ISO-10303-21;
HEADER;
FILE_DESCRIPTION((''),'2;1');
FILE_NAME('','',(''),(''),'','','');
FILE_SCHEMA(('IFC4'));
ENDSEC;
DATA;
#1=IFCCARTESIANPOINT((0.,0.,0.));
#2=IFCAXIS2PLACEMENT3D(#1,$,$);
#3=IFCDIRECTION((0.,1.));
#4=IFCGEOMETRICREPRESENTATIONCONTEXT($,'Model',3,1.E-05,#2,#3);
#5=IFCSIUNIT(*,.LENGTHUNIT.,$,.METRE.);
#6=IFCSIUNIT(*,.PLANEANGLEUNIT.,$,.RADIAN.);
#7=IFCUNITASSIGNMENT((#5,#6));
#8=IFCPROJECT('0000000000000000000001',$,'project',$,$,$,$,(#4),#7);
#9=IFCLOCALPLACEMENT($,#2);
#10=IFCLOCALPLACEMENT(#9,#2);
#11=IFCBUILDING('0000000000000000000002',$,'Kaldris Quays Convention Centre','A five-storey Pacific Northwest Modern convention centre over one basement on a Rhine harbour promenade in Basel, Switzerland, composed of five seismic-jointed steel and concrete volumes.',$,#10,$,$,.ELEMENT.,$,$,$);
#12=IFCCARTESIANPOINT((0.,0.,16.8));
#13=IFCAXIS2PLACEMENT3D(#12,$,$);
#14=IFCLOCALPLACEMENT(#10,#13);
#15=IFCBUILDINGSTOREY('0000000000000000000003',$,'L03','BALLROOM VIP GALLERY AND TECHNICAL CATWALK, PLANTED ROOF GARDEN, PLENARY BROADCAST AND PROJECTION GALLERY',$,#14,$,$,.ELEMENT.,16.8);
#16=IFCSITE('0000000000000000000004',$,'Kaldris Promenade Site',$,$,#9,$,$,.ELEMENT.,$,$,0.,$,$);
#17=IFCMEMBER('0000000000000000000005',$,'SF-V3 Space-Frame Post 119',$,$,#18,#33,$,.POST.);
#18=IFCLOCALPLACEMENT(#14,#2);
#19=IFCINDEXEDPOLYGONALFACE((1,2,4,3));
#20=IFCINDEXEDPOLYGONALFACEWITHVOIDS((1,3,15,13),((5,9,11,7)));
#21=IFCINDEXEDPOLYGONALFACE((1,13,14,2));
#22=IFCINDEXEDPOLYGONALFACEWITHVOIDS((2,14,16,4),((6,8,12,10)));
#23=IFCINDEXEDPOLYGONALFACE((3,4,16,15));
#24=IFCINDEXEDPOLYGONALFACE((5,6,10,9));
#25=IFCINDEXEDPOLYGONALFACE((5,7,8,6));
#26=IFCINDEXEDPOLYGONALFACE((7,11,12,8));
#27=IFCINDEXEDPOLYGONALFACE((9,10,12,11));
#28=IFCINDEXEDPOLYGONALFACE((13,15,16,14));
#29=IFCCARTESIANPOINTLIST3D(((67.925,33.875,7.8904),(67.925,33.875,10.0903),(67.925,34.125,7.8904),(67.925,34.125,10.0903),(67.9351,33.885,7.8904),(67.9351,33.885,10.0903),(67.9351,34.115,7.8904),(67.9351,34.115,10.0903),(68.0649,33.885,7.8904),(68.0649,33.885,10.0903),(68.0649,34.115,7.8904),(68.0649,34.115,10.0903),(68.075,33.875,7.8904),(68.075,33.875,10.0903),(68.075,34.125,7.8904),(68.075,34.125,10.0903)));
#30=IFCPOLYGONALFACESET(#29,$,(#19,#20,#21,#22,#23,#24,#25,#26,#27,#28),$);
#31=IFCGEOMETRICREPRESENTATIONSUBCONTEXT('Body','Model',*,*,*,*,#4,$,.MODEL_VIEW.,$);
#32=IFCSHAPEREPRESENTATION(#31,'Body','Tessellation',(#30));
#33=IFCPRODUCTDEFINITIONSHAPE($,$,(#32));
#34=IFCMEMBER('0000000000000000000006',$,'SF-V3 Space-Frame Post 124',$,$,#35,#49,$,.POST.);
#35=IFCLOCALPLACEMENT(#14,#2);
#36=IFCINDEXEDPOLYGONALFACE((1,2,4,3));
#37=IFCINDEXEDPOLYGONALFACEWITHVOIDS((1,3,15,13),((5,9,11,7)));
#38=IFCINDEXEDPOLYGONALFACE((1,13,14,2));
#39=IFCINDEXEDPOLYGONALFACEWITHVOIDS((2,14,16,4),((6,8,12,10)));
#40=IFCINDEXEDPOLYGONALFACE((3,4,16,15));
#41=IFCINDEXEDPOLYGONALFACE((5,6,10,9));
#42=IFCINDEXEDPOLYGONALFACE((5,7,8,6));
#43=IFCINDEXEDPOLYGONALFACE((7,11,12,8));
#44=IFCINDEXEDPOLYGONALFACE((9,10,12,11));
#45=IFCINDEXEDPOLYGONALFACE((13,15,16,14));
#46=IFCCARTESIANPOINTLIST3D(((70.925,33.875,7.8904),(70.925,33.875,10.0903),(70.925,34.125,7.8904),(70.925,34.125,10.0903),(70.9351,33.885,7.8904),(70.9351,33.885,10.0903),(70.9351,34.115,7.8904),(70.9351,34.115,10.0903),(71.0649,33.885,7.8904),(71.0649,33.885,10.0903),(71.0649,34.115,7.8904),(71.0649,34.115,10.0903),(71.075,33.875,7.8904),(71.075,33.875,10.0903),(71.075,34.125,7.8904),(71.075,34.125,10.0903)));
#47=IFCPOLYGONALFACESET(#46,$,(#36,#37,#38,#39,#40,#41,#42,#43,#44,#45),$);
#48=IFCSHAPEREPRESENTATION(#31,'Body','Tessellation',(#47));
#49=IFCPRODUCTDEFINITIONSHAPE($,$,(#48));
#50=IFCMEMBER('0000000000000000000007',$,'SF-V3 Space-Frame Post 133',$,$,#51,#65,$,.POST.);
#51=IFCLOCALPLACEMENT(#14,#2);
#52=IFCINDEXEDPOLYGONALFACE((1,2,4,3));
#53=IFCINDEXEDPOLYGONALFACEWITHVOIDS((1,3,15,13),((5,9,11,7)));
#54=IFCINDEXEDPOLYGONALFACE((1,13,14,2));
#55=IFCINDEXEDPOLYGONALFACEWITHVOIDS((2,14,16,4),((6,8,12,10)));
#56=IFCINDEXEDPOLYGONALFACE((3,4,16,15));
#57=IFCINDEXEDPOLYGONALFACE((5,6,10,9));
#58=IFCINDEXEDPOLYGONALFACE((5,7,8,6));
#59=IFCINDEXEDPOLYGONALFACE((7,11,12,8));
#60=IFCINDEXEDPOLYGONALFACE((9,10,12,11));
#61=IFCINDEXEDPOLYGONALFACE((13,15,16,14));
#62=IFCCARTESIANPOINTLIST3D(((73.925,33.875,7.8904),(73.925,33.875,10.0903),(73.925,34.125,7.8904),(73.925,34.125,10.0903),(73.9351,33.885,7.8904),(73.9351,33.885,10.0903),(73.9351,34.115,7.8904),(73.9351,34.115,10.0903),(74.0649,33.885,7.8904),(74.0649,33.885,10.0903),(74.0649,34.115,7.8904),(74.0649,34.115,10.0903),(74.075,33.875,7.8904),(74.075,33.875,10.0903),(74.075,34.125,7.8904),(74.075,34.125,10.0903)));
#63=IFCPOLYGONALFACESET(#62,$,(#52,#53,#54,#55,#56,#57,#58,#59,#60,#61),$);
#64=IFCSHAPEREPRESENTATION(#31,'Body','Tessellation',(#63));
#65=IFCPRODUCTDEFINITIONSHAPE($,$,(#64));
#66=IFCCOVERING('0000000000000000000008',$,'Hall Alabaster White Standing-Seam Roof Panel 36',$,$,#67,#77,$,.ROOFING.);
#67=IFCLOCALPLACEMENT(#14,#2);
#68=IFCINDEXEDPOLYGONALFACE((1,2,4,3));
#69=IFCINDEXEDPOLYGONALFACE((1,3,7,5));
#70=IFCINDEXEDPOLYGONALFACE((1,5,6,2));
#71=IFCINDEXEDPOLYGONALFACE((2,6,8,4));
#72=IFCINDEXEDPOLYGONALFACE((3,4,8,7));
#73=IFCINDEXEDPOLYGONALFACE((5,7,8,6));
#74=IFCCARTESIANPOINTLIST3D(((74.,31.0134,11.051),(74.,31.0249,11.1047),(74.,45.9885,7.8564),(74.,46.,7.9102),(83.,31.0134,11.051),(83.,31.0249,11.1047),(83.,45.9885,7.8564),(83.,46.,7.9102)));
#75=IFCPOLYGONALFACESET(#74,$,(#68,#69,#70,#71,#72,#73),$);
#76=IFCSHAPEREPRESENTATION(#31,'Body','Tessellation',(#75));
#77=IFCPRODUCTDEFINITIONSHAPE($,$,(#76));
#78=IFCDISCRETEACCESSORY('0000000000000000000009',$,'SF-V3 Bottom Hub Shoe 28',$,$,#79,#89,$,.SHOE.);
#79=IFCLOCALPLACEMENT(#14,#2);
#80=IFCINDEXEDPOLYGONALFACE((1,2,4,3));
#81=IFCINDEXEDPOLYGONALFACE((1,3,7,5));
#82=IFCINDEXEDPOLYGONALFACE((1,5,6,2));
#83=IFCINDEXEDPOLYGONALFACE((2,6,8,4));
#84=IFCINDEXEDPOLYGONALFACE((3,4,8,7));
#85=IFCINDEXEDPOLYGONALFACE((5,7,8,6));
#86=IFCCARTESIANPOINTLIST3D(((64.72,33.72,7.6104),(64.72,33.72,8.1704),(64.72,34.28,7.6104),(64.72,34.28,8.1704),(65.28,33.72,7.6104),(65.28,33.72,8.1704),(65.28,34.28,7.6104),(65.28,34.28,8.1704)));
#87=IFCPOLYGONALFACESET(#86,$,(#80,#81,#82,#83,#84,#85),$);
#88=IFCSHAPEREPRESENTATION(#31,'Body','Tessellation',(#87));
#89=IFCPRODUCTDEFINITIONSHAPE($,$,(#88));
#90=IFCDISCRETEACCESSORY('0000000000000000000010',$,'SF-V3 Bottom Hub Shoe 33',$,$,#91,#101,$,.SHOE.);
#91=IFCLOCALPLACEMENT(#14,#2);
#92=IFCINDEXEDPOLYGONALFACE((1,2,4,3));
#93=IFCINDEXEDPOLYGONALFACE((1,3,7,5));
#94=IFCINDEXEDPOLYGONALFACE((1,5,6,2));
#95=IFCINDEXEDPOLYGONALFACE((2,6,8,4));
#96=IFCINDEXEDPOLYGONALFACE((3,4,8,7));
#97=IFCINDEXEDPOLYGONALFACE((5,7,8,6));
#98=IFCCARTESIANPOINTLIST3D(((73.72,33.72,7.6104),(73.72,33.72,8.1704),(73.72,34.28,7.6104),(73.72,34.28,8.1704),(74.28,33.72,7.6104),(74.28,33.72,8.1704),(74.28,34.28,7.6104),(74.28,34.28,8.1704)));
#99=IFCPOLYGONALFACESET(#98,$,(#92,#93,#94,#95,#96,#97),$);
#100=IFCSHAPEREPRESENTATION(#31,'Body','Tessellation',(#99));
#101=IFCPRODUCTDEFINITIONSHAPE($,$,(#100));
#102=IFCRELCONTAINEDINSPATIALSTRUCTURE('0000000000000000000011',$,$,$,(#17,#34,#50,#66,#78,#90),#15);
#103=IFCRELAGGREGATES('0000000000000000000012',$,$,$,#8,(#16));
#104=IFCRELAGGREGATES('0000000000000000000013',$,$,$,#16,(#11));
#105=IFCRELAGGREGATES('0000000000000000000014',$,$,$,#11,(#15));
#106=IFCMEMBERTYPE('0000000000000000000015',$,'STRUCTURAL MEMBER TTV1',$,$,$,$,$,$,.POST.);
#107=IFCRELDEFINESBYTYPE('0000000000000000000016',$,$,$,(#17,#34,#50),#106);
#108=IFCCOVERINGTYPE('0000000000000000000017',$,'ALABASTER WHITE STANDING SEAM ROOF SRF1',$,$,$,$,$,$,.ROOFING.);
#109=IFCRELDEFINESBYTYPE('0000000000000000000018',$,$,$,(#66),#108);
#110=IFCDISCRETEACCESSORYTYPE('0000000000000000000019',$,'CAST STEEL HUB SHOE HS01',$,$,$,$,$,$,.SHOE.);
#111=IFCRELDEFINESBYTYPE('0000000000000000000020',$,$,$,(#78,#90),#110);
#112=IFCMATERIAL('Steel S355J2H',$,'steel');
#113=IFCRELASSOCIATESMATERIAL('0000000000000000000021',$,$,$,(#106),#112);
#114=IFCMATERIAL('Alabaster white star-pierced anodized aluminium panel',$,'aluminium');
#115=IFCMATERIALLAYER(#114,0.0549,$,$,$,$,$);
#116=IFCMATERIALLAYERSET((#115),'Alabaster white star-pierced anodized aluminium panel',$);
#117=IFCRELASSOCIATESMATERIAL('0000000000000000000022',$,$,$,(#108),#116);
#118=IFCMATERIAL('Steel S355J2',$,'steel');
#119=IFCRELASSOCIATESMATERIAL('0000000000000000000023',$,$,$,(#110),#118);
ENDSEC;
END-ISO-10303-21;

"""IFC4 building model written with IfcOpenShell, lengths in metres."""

from ifc_helpers import new_model, si_unit, direction, frame, origin, origin_2d, place, context, subcontext, project, spatial, polyline, rectangle, hollow_rectangle, outline, extrude, material, layer, layer_set, material_profile, profile_set, type_object, element, save


model = new_model("IFC4")

# Units and contexts
model_context = context("Model", 3, precision=1e-05, world=origin(), true_north=direction((0.0, 1.0)))
body_context = subcontext(model_context, "Body", "Model", "MODEL_VIEW")
ifc_project = project(units=[si_unit("LENGTHUNIT", "METRE"), si_unit("PLANEANGLEUNIT", "RADIAN")], contexts=[model_context])

# Site, building, storey
site_placement = place(None, origin())
site = spatial("IfcSite", under=ifc_project, at=site_placement, Name="Kaldris Promenade Site", CompositionType="ELEMENT", RefElevation=0.0)
building_placement = place(site_placement, origin())
building = spatial("IfcBuilding", under=site, at=building_placement, Name="Kaldris Quays Convention Centre", Description="A five-storey Pacific Northwest Modern convention centre over one basement on a Rhine harbour promenade in Basel, Switzerland, composed of five seismic-jointed steel and concrete volumes.", CompositionType="ELEMENT")
storey_placement = place(building_placement, frame((0.0, 0.0, 16.8)))
storey = spatial("IfcBuildingStorey", under=building, at=storey_placement, Name="L03", Description="BALLROOM VIP GALLERY AND TECHNICAL CATWALK, PLANTED ROOF GARDEN, PLENARY BROADCAST AND PROJECTION GALLERY", CompositionType="ELEMENT", Elevation=16.8)

# Members
ifc_material_1 = material(Name="Steel S355J2H", Category="steel")
ifc_material_profile_1 = material_profile(ifc_material_1, hollow_rectangle(XDim=0.1499, YDim=0.25, WallThickness=0.01, at=origin_2d()), Name="RHS 250x150x10")
ifc_profile_set_1 = profile_set([ifc_material_profile_1], Name="Steel S355J2H")
member_type_1 = type_object("IfcMemberType", Name="STRUCTURAL MEMBER TTV1", PredefinedType="POST", material=ifc_profile_set_1)
for number, where, z_axis, x_axis, name in (
    (1, (68.0, 34.0, 7.8904), (0.0, 0.0, 1.0), (1.0, 0.0, 0.0), "SF-V3 Space-Frame Post 119"),
    (2, (71.0, 34.0, 7.8904), (0.0, 0.0, 1.0), (1.0, 0.0, 0.0), "SF-V3 Space-Frame Post 124"),
    (3, (74.0, 34.0, 7.8904), (0.0, 0.0, 1.0), (1.0, 0.0, 0.0), "SF-V3 Space-Frame Post 133"),
):
    element("IfcMember", number, at=place(storey_placement, frame(where, z_axis=z_axis, x_axis=x_axis)), inside=storey, type_object=member_type_1, Name=name, PredefinedType="POST", context=body_context, shape_type="SweptSolid", body=[
        extrude(hollow_rectangle(XDim=0.1499, YDim=0.25, WallThickness=0.01, at=origin_2d()), origin(), (0.0, 0.0, 1.0), 2.2),
    ])

# Covering
ifc_material_2 = material(Name="Alabaster white star-pierced anodized aluminium panel", Category="aluminium")
ifc_layer = layer(ifc_material_2, 0.0549)
ifc_layer_set = layer_set([ifc_layer], Name="Alabaster white star-pierced anodized aluminium panel")
covering_type = type_object("IfcCoveringType", Name="ALABASTER WHITE STANDING SEAM ROOF SRF1", PredefinedType="ROOFING", material=ifc_layer_set)
covering_placement = place(storey_placement, frame((74.0, 31.0249, 11.1047), z_axis=(0.0, 0.208632, 0.977994), x_axis=(1.0, 0.0, 0.0)))
element("IfcCovering", 4, at=covering_placement, inside=storey, type_object=covering_type, Name="Hall Alabaster White Standing-Seam Roof Panel 36", PredefinedType="ROOFING", context=body_context, shape_type="SweptSolid", body=[
    extrude(outline(polyline([(0.0, 0.0), (9.0, 0.0), (9.0, 15.3121), (0.0, 15.3121), (0.0, 0.0)])), origin(), (0.0, 0.0, -1.0), 0.0549),
])

# Discrete accessories
ifc_material_3 = material(Name="Steel S355J2", Category="steel")
discrete_accessory_type = type_object("IfcDiscreteAccessoryType", Name="CAST STEEL HUB SHOE HS01", PredefinedType="SHOE", material=ifc_material_3)
for number, where, z_axis, x_axis, name in (
    (5, (65.0, 34.0, 7.6104), (0.0, 0.0, 1.0), (1.0, 0.0, 0.0), "SF-V3 Bottom Hub Shoe 28"),
    (6, (74.0, 34.0, 7.6104), (0.0, 0.0, 1.0), (1.0, 0.0, 0.0), "SF-V3 Bottom Hub Shoe 33"),
):
    element("IfcDiscreteAccessory", number, at=place(storey_placement, frame(where, z_axis=z_axis, x_axis=x_axis)), inside=storey, type_object=discrete_accessory_type, Name=name, PredefinedType="SHOE", context=body_context, shape_type="SweptSolid", body=[
        extrude(rectangle(XDim=0.5601, YDim=0.5601, at=origin_2d()), origin(), (0.0, 0.0, 1.0), 0.5601),
    ])

save(model, "model.ifc")
